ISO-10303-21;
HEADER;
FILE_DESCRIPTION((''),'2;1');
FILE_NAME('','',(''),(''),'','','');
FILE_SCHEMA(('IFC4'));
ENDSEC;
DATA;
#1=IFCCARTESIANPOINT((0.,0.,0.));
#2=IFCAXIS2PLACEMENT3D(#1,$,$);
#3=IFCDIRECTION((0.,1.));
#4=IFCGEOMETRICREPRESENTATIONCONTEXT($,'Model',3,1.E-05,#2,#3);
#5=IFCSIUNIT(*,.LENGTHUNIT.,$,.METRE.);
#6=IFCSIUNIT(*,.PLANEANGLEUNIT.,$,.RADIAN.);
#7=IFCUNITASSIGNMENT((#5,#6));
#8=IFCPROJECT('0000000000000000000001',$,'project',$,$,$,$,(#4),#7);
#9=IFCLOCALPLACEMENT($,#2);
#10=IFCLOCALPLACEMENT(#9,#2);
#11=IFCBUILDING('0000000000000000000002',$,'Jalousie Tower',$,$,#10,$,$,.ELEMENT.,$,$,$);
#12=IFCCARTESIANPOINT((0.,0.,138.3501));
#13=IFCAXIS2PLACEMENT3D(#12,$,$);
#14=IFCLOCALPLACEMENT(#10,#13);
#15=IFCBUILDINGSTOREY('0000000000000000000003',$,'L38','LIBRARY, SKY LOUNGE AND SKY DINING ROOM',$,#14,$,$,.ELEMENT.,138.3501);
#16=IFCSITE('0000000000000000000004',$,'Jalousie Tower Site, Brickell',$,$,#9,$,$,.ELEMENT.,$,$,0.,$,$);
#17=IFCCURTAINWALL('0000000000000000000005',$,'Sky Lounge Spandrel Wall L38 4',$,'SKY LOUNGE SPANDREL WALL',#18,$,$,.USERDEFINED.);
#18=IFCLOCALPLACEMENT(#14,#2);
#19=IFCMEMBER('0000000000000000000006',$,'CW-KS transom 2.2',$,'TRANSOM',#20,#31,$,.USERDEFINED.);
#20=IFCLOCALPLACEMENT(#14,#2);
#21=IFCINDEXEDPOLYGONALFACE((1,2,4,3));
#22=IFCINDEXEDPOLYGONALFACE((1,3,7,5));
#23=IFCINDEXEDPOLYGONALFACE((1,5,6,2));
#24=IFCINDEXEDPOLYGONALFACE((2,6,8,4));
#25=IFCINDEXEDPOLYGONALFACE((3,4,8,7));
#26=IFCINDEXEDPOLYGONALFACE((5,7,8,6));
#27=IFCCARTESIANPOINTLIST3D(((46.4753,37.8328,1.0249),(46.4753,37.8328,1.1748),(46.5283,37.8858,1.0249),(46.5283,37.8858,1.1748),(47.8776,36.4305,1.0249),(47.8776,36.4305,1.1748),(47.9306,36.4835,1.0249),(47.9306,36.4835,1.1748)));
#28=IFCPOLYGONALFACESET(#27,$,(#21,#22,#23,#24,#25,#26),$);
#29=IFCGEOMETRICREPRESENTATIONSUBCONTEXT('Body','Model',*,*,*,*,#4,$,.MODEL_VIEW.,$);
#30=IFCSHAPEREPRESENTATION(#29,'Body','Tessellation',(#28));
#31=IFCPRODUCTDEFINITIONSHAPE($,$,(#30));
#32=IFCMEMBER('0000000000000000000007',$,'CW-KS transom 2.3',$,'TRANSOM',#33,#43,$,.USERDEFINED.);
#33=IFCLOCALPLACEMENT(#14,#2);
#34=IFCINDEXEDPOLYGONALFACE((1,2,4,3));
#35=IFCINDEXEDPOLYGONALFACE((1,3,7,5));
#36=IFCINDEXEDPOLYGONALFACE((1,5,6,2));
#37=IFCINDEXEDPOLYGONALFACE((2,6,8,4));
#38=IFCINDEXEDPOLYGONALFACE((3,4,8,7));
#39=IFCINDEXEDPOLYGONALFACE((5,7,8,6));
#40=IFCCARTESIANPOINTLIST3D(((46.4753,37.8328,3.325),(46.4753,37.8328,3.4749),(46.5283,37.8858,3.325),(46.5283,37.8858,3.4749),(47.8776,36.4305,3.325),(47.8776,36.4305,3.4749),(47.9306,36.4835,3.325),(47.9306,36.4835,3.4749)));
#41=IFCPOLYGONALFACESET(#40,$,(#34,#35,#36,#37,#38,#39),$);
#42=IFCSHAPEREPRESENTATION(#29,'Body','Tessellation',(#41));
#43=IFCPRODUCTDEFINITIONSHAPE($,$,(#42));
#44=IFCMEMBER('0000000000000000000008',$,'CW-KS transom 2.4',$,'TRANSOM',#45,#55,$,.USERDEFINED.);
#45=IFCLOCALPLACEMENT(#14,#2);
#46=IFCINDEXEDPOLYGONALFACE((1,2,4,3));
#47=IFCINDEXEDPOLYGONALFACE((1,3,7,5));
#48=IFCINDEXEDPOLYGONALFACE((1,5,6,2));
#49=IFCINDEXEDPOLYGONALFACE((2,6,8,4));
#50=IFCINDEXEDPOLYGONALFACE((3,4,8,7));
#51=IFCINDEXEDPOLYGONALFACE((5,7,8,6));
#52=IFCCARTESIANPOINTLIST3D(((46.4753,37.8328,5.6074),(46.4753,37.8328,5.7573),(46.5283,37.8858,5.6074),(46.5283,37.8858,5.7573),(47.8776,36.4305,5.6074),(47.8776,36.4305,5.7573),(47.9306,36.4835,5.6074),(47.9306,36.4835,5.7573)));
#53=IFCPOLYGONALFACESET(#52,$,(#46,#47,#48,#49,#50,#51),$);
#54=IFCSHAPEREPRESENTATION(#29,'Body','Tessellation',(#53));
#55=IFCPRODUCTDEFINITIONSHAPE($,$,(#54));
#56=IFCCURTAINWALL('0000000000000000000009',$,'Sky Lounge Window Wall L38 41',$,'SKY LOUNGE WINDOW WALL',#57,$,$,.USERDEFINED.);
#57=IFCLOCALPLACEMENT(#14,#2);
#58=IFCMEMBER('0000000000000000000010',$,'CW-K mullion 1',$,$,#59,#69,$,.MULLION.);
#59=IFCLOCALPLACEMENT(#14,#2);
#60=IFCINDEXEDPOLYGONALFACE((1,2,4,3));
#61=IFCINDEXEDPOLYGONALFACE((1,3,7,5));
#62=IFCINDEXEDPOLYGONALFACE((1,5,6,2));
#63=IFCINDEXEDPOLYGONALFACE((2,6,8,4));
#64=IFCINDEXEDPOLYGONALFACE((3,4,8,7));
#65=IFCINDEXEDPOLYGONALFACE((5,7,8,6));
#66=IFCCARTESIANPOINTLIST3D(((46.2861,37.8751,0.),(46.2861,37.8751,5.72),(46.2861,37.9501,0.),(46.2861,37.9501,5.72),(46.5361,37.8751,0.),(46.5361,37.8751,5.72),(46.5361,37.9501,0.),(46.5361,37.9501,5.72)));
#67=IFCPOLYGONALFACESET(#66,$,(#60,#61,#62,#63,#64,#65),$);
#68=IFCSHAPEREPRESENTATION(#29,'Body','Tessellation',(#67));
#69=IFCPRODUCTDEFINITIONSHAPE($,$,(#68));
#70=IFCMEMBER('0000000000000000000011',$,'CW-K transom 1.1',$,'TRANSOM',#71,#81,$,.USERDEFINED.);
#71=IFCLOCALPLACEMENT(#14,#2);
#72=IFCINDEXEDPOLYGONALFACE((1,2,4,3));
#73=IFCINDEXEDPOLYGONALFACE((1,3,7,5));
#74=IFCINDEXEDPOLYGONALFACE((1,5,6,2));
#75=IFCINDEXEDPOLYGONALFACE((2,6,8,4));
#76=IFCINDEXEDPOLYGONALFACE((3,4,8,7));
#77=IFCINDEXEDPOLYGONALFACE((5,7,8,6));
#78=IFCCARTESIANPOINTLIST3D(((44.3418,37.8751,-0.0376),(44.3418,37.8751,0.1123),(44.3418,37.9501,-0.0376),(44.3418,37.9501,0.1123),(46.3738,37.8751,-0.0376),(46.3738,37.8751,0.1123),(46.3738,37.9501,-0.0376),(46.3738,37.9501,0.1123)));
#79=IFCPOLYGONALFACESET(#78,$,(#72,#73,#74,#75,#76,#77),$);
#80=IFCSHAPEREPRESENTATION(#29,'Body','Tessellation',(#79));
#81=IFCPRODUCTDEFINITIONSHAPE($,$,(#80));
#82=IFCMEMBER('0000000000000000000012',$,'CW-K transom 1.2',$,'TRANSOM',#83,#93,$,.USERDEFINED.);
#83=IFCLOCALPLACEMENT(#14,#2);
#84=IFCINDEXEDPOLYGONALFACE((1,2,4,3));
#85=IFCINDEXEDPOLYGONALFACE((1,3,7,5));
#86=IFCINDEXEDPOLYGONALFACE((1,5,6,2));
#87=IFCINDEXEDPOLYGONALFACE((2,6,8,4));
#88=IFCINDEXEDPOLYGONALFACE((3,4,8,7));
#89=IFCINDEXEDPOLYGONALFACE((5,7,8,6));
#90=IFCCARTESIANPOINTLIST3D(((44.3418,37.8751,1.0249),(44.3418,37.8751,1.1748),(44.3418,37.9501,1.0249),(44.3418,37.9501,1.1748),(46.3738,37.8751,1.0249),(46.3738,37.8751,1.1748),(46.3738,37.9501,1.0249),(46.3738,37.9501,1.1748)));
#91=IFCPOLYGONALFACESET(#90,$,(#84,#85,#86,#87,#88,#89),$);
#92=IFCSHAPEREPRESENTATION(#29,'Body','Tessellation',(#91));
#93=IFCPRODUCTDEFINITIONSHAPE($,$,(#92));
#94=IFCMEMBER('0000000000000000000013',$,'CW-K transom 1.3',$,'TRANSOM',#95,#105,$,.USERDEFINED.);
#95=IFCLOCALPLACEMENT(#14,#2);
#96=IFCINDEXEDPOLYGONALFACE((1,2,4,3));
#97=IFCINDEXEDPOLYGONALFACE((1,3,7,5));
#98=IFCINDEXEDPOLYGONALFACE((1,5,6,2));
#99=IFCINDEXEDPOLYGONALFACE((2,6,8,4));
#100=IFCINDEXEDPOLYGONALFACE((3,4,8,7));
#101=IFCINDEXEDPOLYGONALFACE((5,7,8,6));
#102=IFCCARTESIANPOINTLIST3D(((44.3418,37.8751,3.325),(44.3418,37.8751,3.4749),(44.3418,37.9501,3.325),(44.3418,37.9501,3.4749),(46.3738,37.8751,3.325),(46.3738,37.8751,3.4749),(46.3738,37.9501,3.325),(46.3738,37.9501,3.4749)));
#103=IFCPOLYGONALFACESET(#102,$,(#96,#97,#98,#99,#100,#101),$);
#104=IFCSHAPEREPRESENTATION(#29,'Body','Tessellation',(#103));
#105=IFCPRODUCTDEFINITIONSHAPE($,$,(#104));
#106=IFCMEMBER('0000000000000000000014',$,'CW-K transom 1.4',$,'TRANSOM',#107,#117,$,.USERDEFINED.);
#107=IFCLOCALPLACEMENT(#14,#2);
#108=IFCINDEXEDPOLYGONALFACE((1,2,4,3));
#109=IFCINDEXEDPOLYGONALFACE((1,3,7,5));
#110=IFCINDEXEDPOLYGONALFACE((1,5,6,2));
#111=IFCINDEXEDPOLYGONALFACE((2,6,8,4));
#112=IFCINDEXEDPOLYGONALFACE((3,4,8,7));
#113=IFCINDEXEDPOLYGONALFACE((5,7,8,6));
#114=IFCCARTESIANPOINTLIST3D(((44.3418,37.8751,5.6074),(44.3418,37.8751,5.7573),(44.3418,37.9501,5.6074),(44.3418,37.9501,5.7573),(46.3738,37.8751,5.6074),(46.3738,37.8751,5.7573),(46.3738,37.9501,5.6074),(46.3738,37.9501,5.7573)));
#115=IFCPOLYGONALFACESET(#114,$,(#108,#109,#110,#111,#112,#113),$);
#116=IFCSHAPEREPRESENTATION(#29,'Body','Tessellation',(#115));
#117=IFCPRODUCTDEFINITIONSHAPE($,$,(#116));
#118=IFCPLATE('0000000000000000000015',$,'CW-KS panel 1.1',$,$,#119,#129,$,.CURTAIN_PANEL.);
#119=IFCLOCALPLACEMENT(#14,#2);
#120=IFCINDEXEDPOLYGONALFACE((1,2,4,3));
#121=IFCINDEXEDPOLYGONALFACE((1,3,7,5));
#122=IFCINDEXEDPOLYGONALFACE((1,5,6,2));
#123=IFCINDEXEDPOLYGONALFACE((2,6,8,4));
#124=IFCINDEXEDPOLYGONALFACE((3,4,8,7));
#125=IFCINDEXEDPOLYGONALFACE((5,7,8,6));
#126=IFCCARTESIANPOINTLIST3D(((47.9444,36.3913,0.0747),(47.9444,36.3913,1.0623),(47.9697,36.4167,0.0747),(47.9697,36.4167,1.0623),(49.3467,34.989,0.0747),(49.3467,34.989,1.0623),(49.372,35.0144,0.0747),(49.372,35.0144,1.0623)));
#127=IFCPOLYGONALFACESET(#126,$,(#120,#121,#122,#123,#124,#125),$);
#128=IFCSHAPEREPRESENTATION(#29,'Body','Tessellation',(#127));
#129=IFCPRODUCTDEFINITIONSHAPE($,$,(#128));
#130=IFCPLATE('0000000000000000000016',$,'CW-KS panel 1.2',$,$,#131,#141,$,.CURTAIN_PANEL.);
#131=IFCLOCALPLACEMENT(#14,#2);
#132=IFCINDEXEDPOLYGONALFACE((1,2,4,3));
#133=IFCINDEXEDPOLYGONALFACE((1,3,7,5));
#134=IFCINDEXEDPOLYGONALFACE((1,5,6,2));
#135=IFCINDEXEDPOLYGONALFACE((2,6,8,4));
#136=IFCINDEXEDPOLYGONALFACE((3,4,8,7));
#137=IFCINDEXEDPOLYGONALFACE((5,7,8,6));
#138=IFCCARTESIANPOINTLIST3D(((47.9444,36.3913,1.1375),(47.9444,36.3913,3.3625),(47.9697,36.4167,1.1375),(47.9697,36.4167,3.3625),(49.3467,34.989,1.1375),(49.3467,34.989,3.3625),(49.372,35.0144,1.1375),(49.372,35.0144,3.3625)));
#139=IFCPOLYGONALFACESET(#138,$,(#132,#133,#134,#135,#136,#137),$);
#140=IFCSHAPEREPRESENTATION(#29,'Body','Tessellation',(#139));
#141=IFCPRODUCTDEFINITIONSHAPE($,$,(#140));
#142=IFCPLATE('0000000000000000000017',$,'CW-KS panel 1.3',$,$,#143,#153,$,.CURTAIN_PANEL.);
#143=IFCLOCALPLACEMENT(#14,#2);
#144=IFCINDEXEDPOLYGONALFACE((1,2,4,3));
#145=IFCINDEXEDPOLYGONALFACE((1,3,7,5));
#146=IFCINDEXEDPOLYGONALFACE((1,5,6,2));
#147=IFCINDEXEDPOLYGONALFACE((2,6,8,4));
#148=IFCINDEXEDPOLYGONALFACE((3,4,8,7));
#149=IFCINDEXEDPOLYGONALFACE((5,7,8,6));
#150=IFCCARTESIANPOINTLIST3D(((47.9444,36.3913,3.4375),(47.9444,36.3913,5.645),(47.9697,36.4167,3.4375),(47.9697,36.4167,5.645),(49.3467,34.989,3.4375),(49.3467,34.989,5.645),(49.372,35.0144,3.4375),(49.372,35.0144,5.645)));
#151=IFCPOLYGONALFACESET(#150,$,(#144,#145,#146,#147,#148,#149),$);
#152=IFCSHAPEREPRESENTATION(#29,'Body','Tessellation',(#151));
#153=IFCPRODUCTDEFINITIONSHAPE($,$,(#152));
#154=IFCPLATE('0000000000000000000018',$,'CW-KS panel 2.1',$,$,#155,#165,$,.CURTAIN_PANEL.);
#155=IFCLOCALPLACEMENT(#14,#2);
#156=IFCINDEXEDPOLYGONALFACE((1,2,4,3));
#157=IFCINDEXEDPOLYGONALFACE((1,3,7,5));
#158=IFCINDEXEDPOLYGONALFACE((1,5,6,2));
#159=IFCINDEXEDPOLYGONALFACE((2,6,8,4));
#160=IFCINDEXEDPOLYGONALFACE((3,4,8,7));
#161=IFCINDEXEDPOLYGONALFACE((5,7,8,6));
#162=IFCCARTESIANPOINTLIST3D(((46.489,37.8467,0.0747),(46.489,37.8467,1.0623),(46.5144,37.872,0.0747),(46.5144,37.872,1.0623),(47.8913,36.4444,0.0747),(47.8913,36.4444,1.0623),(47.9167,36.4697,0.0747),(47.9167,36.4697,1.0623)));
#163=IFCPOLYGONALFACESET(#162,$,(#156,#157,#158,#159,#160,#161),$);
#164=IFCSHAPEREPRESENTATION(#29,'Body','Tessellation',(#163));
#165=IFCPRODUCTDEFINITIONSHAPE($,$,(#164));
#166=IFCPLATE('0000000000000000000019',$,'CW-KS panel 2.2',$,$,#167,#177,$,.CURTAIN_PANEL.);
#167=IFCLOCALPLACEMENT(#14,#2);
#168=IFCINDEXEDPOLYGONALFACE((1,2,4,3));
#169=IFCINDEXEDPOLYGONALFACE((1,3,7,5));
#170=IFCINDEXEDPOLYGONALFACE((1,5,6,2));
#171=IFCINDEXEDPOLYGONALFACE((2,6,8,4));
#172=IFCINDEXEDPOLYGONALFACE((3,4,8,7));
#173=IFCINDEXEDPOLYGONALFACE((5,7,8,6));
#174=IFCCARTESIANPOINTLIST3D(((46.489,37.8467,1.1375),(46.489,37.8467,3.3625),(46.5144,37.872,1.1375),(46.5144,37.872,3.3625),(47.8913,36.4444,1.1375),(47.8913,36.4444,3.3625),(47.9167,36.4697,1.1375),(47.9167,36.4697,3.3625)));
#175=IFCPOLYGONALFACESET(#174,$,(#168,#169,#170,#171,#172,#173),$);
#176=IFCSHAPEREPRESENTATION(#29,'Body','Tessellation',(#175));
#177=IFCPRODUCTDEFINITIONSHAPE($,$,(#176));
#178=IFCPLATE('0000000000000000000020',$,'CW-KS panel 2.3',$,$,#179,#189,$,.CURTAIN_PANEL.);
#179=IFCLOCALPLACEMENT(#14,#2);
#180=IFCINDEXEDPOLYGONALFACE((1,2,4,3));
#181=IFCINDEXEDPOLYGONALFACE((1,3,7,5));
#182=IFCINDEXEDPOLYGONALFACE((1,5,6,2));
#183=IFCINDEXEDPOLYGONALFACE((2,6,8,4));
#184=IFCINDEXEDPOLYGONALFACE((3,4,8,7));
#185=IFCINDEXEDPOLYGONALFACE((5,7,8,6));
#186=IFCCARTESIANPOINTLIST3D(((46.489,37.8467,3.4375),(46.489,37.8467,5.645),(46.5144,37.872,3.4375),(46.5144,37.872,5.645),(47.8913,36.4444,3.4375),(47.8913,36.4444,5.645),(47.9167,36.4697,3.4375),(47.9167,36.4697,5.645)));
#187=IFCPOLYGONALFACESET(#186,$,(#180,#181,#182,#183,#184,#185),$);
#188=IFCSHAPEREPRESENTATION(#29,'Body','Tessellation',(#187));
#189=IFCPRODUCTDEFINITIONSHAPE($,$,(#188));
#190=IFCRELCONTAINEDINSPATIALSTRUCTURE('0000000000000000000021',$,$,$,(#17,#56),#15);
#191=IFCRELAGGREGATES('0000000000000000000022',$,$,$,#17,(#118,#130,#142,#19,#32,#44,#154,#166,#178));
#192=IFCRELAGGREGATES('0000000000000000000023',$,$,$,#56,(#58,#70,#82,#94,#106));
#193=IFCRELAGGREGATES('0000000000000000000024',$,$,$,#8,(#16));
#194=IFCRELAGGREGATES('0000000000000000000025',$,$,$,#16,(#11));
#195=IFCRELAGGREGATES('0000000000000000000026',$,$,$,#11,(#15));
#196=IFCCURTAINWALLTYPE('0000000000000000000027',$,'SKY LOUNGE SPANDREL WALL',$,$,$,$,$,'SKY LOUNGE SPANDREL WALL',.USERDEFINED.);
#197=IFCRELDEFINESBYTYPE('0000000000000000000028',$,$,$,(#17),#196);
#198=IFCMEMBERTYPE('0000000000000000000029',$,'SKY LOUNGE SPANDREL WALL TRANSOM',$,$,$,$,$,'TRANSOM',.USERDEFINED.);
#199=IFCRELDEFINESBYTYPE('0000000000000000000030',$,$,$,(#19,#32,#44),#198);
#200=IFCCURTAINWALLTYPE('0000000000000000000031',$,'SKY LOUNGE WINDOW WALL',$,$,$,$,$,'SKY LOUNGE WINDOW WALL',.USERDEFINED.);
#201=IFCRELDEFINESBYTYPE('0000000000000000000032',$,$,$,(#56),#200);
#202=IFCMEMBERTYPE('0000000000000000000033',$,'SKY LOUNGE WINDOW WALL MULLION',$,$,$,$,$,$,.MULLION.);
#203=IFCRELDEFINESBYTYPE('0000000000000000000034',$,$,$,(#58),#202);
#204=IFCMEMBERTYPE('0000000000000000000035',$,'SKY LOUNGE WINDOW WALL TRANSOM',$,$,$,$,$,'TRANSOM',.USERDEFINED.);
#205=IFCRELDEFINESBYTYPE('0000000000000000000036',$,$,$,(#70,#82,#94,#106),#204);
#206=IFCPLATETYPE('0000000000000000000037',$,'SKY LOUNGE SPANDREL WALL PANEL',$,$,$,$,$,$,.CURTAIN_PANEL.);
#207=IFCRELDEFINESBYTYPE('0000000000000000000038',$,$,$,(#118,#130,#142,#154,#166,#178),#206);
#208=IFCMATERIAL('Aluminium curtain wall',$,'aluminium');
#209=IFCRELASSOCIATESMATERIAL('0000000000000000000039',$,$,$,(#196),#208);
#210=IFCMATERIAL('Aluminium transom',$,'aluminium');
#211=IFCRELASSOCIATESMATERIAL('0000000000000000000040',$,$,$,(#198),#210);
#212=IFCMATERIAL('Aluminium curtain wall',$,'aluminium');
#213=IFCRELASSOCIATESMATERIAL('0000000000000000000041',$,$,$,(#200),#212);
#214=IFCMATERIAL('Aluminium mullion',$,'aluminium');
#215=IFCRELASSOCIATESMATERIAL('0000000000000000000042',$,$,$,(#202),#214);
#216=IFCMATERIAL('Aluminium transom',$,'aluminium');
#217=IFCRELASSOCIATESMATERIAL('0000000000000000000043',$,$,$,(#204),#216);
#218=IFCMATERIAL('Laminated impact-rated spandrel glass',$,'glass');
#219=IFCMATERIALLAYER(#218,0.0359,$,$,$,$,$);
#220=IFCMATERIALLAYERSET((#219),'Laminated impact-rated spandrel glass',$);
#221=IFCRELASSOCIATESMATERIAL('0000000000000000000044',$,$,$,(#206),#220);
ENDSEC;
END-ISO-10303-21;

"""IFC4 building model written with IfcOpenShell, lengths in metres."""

from ifc_helpers import new_model, si_unit, direction, frame, origin, origin_2d, place, context, subcontext, project, spatial, rectangle, extrude, material, layer, layer_set, material_profile, profile_set, type_object, element, aggregate, save


model = new_model("IFC4")

# Units and contexts
model_context = context("Model", 3, precision=1e-05, world=origin(), true_north=direction((0.0, 1.0)))
body_context = subcontext(model_context, "Body", "Model", "MODEL_VIEW")
ifc_project = project(units=[si_unit("LENGTHUNIT", "METRE"), si_unit("PLANEANGLEUNIT", "RADIAN")], contexts=[model_context])

# Site, building, storey
site_placement = place(None, origin())
site = spatial("IfcSite", under=ifc_project, at=site_placement, Name="Jalousie Tower Site, Brickell", CompositionType="ELEMENT", RefElevation=0.0)
building_placement = place(site_placement, origin())
building = spatial("IfcBuilding", under=site, at=building_placement, Name="Jalousie Tower", CompositionType="ELEMENT")
storey_placement = place(building_placement, frame((0.0, 0.0, 138.3501)))
storey = spatial("IfcBuildingStorey", under=building, at=storey_placement, Name="L38", Description="LIBRARY, SKY LOUNGE AND SKY DINING ROOM", CompositionType="ELEMENT", Elevation=138.3501)

# Curtain walls, members
ifc_material_1 = material(Name="Aluminium curtain wall", Category="aluminium")
curtain_wall_type_1 = type_object("IfcCurtainWallType", Name="SKY LOUNGE SPANDREL WALL", ElementType="SKY LOUNGE SPANDREL WALL", PredefinedType="USERDEFINED", material=ifc_material_1)
curtain_wall_1_placement = place(storey_placement, origin())
curtain_wall_1 = element("IfcCurtainWall", 1, at=curtain_wall_1_placement, inside=storey, type_object=curtain_wall_type_1, Name="Sky Lounge Spandrel Wall L38 4", ObjectType="SKY LOUNGE SPANDREL WALL", PredefinedType="USERDEFINED")
ifc_material_2 = material(Name="Aluminium transom", Category="aluminium")
ifc_material_profile_1 = material_profile(ifc_material_2, rectangle(XDim=0.075, YDim=0.1499, at=origin_2d()), Name="TRANSOM 75x150")
ifc_profile_set_1 = profile_set([ifc_material_profile_1], Name="Aluminium transom")
member_type_1 = type_object("IfcMemberType", Name="SKY LOUNGE SPANDREL WALL TRANSOM", ElementType="TRANSOM", PredefinedType="USERDEFINED", material=ifc_profile_set_1)
member_1_placement = place(storey_placement, frame((47.9041, 36.457, 1.0999), z_axis=(-0.707107, 0.707107, 0.0), x_axis=(-0.707107, -0.707107, 0.0)))
member_1 = element("IfcMember", 2, at=member_1_placement, type_object=member_type_1, Name="CW-KS transom 2.2", ObjectType="TRANSOM", PredefinedType="USERDEFINED", context=body_context, shape_type="SweptSolid", body=[
    extrude(rectangle(XDim=0.075, YDim=0.1499, at=origin_2d()), origin(), (0.0, 0.0, 1.0), 1.9832),
])
member_2_placement = place(storey_placement, frame((47.9041, 36.457, 3.3999), z_axis=(-0.707107, 0.707107, 0.0), x_axis=(-0.707107, -0.707107, 0.0)))
member_2 = element("IfcMember", 3, at=member_2_placement, type_object=member_type_1, Name="CW-KS transom 2.3", ObjectType="TRANSOM", PredefinedType="USERDEFINED", context=body_context, shape_type="SweptSolid", body=[
    extrude(rectangle(XDim=0.075, YDim=0.1499, at=origin_2d()), origin(), (0.0, 0.0, 1.0), 1.9832),
])
member_3_placement = place(storey_placement, frame((47.9041, 36.457, 5.6824), z_axis=(-0.707107, 0.707107, 0.0), x_axis=(-0.707107, -0.707107, 0.0)))
member_3 = element("IfcMember", 4, at=member_3_placement, type_object=member_type_1, Name="CW-KS transom 2.4", ObjectType="TRANSOM", PredefinedType="USERDEFINED", context=body_context, shape_type="SweptSolid", body=[
    extrude(rectangle(XDim=0.075, YDim=0.1499, at=origin_2d()), origin(), (0.0, 0.0, 1.0), 1.9832),
])
ifc_material_3 = material(Name="Aluminium curtain wall", Category="aluminium")
curtain_wall_type_2 = type_object("IfcCurtainWallType", Name="SKY LOUNGE WINDOW WALL", ElementType="SKY LOUNGE WINDOW WALL", PredefinedType="USERDEFINED", material=ifc_material_3)
curtain_wall_2_placement = place(storey_placement, origin())
curtain_wall_2 = element("IfcCurtainWall", 5, at=curtain_wall_2_placement, inside=storey, type_object=curtain_wall_type_2, Name="Sky Lounge Window Wall L38 41", ObjectType="SKY LOUNGE WINDOW WALL", PredefinedType="USERDEFINED")
ifc_material_4 = material(Name="Aluminium mullion", Category="aluminium")
ifc_material_profile_2 = material_profile(ifc_material_4, rectangle(XDim=0.075, YDim=0.25, at=origin_2d()), Name="MULLION 75x250")
ifc_profile_set_2 = profile_set([ifc_material_profile_2], Name="Aluminium mullion")
member_type_2 = type_object("IfcMemberType", Name="SKY LOUNGE WINDOW WALL MULLION", PredefinedType="MULLION", material=ifc_profile_set_2)
member_4_placement = place(storey_placement, frame((46.4111, 37.9126, 0.0), z_axis=(0.0, 0.0, 1.0), x_axis=(0.0, -1.0, 0.0)))
member_4 = element("IfcMember", 6, at=member_4_placement, type_object=member_type_2, Name="CW-K mullion 1", PredefinedType="MULLION", context=body_context, shape_type="SweptSolid", body=[
    extrude(rectangle(XDim=0.075, YDim=0.25, at=origin_2d()), origin(), (0.0, 0.0, 1.0), 5.72),
])
ifc_material_5 = material(Name="Aluminium transom", Category="aluminium")
ifc_material_profile_3 = material_profile(ifc_material_5, rectangle(XDim=0.075, YDim=0.1499, at=origin_2d()), Name="TRANSOM 75x150")
ifc_profile_set_3 = profile_set([ifc_material_profile_3], Name="Aluminium transom")
member_type_3 = type_object("IfcMemberType", Name="SKY LOUNGE WINDOW WALL TRANSOM", ElementType="TRANSOM", PredefinedType="USERDEFINED", material=ifc_profile_set_3)
member_5_placement = place(storey_placement, frame((46.3738, 37.9126, 0.0374), z_axis=(-1.0, 0.0, 0.0), x_axis=(0.0, -1.0, 0.0)))
member_5 = element("IfcMember", 7, at=member_5_placement, type_object=member_type_3, Name="CW-K transom 1.1", ObjectType="TRANSOM", PredefinedType="USERDEFINED", context=body_context, shape_type="SweptSolid", body=[
    extrude(rectangle(XDim=0.075, YDim=0.1499, at=origin_2d()), origin(), (0.0, 0.0, 1.0), 2.032),
])
member_6_placement = place(storey_placement, frame((46.3738, 37.9126, 1.0999), z_axis=(-1.0, 0.0, 0.0), x_axis=(0.0, -1.0, 0.0)))
member_6 = element("IfcMember", 8, at=member_6_placement, type_object=member_type_3, Name="CW-K transom 1.2", ObjectType="TRANSOM", PredefinedType="USERDEFINED", context=body_context, shape_type="SweptSolid", body=[
    extrude(rectangle(XDim=0.075, YDim=0.1499, at=origin_2d()), origin(), (0.0, 0.0, 1.0), 2.032),
])
member_7_placement = place(storey_placement, frame((46.3738, 37.9126, 3.3999), z_axis=(-1.0, 0.0, 0.0), x_axis=(0.0, -1.0, 0.0)))
member_7 = element("IfcMember", 9, at=member_7_placement, type_object=member_type_3, Name="CW-K transom 1.3", ObjectType="TRANSOM", PredefinedType="USERDEFINED", context=body_context, shape_type="SweptSolid", body=[
    extrude(rectangle(XDim=0.075, YDim=0.1499, at=origin_2d()), origin(), (0.0, 0.0, 1.0), 2.032),
])
member_8_placement = place(storey_placement, frame((46.3738, 37.9126, 5.6824), z_axis=(-1.0, 0.0, 0.0), x_axis=(0.0, -1.0, 0.0)))
member_8 = element("IfcMember", 10, at=member_8_placement, type_object=member_type_3, Name="CW-K transom 1.4", ObjectType="TRANSOM", PredefinedType="USERDEFINED", context=body_context, shape_type="SweptSolid", body=[
    extrude(rectangle(XDim=0.075, YDim=0.1499, at=origin_2d()), origin(), (0.0, 0.0, 1.0), 2.032),
])

# Plates
ifc_material_6 = material(Name="Laminated impact-rated spandrel glass", Category="glass")
ifc_layer_1 = layer(ifc_material_6, 0.0359)
ifc_layer_set_1 = layer_set([ifc_layer_1], Name="Laminated impact-rated spandrel glass")
plate_type_1 = type_object("IfcPlateType", Name="SKY LOUNGE SPANDREL WALL PANEL", PredefinedType="CURTAIN_PANEL", material=ifc_layer_set_1)
plate_1_placement = place(storey_placement, frame((48.6582, 35.7029, 0.0747), z_axis=(0.0, 0.0, 1.0), x_axis=(-0.707107, 0.707107, 0.0)))
plate_1 = element("IfcPlate", 11, at=plate_1_placement, type_object=plate_type_1, Name="CW-KS panel 1.1", PredefinedType="CURTAIN_PANEL", context=body_context, shape_type="SweptSolid", body=[
    extrude(rectangle(XDim=1.9832, YDim=0.0359, at=origin_2d()), origin(), (0.0, 0.0, 1.0), 0.9875),
])
plate_2_placement = place(storey_placement, frame((48.6582, 35.7029, 1.1375), z_axis=(0.0, 0.0, 1.0), x_axis=(-0.707107, 0.707107, 0.0)))
plate_2 = element("IfcPlate", 12, at=plate_2_placement, type_object=plate_type_1, Name="CW-KS panel 1.2", PredefinedType="CURTAIN_PANEL", context=body_context, shape_type="SweptSolid", body=[
    extrude(rectangle(XDim=1.9832, YDim=0.0359, at=origin_2d()), origin(), (0.0, 0.0, 1.0), 2.2251),
])
plate_3_placement = place(storey_placement, frame((48.6582, 35.7029, 3.4375), z_axis=(0.0, 0.0, 1.0), x_axis=(-0.707107, 0.707107, 0.0)))
plate_3 = element("IfcPlate", 13, at=plate_3_placement, type_object=plate_type_1, Name="CW-KS panel 1.3", PredefinedType="CURTAIN_PANEL", context=body_context, shape_type="SweptSolid", body=[
    extrude(rectangle(XDim=1.9832, YDim=0.0359, at=origin_2d()), origin(), (0.0, 0.0, 1.0), 2.2075),
])
plate_4_placement = place(storey_placement, frame((47.2029, 37.1582, 0.0747), z_axis=(0.0, 0.0, 1.0), x_axis=(-0.707107, 0.707107, 0.0)))
plate_4 = element("IfcPlate", 14, at=plate_4_placement, type_object=plate_type_1, Name="CW-KS panel 2.1", PredefinedType="CURTAIN_PANEL", context=body_context, shape_type="SweptSolid", body=[
    extrude(rectangle(XDim=1.9832, YDim=0.0359, at=origin_2d()), origin(), (0.0, 0.0, 1.0), 0.9875),
])
plate_5_placement = place(storey_placement, frame((47.2029, 37.1582, 1.1375), z_axis=(0.0, 0.0, 1.0), x_axis=(-0.707107, 0.707107, 0.0)))
plate_5 = element("IfcPlate", 15, at=plate_5_placement, type_object=plate_type_1, Name="CW-KS panel 2.2", PredefinedType="CURTAIN_PANEL", context=body_context, shape_type="SweptSolid", body=[
    extrude(rectangle(XDim=1.9832, YDim=0.0359, at=origin_2d()), origin(), (0.0, 0.0, 1.0), 2.2251),
])
plate_6_placement = place(storey_placement, frame((47.2029, 37.1582, 3.4375), z_axis=(0.0, 0.0, 1.0), x_axis=(-0.707107, 0.707107, 0.0)))
plate_6 = element("IfcPlate", 16, at=plate_6_placement, type_object=plate_type_1, Name="CW-KS panel 2.3", PredefinedType="CURTAIN_PANEL", context=body_context, shape_type="SweptSolid", body=[
    extrude(rectangle(XDim=1.9832, YDim=0.0359, at=origin_2d()), origin(), (0.0, 0.0, 1.0), 2.2075),
])
aggregate(curtain_wall_1, [plate_1, plate_2, plate_3, member_1, member_2, member_3, plate_4, plate_5, plate_6])
aggregate(curtain_wall_2, [member_4, member_5, member_6, member_7, member_8])

save(model, "model.ifc")
